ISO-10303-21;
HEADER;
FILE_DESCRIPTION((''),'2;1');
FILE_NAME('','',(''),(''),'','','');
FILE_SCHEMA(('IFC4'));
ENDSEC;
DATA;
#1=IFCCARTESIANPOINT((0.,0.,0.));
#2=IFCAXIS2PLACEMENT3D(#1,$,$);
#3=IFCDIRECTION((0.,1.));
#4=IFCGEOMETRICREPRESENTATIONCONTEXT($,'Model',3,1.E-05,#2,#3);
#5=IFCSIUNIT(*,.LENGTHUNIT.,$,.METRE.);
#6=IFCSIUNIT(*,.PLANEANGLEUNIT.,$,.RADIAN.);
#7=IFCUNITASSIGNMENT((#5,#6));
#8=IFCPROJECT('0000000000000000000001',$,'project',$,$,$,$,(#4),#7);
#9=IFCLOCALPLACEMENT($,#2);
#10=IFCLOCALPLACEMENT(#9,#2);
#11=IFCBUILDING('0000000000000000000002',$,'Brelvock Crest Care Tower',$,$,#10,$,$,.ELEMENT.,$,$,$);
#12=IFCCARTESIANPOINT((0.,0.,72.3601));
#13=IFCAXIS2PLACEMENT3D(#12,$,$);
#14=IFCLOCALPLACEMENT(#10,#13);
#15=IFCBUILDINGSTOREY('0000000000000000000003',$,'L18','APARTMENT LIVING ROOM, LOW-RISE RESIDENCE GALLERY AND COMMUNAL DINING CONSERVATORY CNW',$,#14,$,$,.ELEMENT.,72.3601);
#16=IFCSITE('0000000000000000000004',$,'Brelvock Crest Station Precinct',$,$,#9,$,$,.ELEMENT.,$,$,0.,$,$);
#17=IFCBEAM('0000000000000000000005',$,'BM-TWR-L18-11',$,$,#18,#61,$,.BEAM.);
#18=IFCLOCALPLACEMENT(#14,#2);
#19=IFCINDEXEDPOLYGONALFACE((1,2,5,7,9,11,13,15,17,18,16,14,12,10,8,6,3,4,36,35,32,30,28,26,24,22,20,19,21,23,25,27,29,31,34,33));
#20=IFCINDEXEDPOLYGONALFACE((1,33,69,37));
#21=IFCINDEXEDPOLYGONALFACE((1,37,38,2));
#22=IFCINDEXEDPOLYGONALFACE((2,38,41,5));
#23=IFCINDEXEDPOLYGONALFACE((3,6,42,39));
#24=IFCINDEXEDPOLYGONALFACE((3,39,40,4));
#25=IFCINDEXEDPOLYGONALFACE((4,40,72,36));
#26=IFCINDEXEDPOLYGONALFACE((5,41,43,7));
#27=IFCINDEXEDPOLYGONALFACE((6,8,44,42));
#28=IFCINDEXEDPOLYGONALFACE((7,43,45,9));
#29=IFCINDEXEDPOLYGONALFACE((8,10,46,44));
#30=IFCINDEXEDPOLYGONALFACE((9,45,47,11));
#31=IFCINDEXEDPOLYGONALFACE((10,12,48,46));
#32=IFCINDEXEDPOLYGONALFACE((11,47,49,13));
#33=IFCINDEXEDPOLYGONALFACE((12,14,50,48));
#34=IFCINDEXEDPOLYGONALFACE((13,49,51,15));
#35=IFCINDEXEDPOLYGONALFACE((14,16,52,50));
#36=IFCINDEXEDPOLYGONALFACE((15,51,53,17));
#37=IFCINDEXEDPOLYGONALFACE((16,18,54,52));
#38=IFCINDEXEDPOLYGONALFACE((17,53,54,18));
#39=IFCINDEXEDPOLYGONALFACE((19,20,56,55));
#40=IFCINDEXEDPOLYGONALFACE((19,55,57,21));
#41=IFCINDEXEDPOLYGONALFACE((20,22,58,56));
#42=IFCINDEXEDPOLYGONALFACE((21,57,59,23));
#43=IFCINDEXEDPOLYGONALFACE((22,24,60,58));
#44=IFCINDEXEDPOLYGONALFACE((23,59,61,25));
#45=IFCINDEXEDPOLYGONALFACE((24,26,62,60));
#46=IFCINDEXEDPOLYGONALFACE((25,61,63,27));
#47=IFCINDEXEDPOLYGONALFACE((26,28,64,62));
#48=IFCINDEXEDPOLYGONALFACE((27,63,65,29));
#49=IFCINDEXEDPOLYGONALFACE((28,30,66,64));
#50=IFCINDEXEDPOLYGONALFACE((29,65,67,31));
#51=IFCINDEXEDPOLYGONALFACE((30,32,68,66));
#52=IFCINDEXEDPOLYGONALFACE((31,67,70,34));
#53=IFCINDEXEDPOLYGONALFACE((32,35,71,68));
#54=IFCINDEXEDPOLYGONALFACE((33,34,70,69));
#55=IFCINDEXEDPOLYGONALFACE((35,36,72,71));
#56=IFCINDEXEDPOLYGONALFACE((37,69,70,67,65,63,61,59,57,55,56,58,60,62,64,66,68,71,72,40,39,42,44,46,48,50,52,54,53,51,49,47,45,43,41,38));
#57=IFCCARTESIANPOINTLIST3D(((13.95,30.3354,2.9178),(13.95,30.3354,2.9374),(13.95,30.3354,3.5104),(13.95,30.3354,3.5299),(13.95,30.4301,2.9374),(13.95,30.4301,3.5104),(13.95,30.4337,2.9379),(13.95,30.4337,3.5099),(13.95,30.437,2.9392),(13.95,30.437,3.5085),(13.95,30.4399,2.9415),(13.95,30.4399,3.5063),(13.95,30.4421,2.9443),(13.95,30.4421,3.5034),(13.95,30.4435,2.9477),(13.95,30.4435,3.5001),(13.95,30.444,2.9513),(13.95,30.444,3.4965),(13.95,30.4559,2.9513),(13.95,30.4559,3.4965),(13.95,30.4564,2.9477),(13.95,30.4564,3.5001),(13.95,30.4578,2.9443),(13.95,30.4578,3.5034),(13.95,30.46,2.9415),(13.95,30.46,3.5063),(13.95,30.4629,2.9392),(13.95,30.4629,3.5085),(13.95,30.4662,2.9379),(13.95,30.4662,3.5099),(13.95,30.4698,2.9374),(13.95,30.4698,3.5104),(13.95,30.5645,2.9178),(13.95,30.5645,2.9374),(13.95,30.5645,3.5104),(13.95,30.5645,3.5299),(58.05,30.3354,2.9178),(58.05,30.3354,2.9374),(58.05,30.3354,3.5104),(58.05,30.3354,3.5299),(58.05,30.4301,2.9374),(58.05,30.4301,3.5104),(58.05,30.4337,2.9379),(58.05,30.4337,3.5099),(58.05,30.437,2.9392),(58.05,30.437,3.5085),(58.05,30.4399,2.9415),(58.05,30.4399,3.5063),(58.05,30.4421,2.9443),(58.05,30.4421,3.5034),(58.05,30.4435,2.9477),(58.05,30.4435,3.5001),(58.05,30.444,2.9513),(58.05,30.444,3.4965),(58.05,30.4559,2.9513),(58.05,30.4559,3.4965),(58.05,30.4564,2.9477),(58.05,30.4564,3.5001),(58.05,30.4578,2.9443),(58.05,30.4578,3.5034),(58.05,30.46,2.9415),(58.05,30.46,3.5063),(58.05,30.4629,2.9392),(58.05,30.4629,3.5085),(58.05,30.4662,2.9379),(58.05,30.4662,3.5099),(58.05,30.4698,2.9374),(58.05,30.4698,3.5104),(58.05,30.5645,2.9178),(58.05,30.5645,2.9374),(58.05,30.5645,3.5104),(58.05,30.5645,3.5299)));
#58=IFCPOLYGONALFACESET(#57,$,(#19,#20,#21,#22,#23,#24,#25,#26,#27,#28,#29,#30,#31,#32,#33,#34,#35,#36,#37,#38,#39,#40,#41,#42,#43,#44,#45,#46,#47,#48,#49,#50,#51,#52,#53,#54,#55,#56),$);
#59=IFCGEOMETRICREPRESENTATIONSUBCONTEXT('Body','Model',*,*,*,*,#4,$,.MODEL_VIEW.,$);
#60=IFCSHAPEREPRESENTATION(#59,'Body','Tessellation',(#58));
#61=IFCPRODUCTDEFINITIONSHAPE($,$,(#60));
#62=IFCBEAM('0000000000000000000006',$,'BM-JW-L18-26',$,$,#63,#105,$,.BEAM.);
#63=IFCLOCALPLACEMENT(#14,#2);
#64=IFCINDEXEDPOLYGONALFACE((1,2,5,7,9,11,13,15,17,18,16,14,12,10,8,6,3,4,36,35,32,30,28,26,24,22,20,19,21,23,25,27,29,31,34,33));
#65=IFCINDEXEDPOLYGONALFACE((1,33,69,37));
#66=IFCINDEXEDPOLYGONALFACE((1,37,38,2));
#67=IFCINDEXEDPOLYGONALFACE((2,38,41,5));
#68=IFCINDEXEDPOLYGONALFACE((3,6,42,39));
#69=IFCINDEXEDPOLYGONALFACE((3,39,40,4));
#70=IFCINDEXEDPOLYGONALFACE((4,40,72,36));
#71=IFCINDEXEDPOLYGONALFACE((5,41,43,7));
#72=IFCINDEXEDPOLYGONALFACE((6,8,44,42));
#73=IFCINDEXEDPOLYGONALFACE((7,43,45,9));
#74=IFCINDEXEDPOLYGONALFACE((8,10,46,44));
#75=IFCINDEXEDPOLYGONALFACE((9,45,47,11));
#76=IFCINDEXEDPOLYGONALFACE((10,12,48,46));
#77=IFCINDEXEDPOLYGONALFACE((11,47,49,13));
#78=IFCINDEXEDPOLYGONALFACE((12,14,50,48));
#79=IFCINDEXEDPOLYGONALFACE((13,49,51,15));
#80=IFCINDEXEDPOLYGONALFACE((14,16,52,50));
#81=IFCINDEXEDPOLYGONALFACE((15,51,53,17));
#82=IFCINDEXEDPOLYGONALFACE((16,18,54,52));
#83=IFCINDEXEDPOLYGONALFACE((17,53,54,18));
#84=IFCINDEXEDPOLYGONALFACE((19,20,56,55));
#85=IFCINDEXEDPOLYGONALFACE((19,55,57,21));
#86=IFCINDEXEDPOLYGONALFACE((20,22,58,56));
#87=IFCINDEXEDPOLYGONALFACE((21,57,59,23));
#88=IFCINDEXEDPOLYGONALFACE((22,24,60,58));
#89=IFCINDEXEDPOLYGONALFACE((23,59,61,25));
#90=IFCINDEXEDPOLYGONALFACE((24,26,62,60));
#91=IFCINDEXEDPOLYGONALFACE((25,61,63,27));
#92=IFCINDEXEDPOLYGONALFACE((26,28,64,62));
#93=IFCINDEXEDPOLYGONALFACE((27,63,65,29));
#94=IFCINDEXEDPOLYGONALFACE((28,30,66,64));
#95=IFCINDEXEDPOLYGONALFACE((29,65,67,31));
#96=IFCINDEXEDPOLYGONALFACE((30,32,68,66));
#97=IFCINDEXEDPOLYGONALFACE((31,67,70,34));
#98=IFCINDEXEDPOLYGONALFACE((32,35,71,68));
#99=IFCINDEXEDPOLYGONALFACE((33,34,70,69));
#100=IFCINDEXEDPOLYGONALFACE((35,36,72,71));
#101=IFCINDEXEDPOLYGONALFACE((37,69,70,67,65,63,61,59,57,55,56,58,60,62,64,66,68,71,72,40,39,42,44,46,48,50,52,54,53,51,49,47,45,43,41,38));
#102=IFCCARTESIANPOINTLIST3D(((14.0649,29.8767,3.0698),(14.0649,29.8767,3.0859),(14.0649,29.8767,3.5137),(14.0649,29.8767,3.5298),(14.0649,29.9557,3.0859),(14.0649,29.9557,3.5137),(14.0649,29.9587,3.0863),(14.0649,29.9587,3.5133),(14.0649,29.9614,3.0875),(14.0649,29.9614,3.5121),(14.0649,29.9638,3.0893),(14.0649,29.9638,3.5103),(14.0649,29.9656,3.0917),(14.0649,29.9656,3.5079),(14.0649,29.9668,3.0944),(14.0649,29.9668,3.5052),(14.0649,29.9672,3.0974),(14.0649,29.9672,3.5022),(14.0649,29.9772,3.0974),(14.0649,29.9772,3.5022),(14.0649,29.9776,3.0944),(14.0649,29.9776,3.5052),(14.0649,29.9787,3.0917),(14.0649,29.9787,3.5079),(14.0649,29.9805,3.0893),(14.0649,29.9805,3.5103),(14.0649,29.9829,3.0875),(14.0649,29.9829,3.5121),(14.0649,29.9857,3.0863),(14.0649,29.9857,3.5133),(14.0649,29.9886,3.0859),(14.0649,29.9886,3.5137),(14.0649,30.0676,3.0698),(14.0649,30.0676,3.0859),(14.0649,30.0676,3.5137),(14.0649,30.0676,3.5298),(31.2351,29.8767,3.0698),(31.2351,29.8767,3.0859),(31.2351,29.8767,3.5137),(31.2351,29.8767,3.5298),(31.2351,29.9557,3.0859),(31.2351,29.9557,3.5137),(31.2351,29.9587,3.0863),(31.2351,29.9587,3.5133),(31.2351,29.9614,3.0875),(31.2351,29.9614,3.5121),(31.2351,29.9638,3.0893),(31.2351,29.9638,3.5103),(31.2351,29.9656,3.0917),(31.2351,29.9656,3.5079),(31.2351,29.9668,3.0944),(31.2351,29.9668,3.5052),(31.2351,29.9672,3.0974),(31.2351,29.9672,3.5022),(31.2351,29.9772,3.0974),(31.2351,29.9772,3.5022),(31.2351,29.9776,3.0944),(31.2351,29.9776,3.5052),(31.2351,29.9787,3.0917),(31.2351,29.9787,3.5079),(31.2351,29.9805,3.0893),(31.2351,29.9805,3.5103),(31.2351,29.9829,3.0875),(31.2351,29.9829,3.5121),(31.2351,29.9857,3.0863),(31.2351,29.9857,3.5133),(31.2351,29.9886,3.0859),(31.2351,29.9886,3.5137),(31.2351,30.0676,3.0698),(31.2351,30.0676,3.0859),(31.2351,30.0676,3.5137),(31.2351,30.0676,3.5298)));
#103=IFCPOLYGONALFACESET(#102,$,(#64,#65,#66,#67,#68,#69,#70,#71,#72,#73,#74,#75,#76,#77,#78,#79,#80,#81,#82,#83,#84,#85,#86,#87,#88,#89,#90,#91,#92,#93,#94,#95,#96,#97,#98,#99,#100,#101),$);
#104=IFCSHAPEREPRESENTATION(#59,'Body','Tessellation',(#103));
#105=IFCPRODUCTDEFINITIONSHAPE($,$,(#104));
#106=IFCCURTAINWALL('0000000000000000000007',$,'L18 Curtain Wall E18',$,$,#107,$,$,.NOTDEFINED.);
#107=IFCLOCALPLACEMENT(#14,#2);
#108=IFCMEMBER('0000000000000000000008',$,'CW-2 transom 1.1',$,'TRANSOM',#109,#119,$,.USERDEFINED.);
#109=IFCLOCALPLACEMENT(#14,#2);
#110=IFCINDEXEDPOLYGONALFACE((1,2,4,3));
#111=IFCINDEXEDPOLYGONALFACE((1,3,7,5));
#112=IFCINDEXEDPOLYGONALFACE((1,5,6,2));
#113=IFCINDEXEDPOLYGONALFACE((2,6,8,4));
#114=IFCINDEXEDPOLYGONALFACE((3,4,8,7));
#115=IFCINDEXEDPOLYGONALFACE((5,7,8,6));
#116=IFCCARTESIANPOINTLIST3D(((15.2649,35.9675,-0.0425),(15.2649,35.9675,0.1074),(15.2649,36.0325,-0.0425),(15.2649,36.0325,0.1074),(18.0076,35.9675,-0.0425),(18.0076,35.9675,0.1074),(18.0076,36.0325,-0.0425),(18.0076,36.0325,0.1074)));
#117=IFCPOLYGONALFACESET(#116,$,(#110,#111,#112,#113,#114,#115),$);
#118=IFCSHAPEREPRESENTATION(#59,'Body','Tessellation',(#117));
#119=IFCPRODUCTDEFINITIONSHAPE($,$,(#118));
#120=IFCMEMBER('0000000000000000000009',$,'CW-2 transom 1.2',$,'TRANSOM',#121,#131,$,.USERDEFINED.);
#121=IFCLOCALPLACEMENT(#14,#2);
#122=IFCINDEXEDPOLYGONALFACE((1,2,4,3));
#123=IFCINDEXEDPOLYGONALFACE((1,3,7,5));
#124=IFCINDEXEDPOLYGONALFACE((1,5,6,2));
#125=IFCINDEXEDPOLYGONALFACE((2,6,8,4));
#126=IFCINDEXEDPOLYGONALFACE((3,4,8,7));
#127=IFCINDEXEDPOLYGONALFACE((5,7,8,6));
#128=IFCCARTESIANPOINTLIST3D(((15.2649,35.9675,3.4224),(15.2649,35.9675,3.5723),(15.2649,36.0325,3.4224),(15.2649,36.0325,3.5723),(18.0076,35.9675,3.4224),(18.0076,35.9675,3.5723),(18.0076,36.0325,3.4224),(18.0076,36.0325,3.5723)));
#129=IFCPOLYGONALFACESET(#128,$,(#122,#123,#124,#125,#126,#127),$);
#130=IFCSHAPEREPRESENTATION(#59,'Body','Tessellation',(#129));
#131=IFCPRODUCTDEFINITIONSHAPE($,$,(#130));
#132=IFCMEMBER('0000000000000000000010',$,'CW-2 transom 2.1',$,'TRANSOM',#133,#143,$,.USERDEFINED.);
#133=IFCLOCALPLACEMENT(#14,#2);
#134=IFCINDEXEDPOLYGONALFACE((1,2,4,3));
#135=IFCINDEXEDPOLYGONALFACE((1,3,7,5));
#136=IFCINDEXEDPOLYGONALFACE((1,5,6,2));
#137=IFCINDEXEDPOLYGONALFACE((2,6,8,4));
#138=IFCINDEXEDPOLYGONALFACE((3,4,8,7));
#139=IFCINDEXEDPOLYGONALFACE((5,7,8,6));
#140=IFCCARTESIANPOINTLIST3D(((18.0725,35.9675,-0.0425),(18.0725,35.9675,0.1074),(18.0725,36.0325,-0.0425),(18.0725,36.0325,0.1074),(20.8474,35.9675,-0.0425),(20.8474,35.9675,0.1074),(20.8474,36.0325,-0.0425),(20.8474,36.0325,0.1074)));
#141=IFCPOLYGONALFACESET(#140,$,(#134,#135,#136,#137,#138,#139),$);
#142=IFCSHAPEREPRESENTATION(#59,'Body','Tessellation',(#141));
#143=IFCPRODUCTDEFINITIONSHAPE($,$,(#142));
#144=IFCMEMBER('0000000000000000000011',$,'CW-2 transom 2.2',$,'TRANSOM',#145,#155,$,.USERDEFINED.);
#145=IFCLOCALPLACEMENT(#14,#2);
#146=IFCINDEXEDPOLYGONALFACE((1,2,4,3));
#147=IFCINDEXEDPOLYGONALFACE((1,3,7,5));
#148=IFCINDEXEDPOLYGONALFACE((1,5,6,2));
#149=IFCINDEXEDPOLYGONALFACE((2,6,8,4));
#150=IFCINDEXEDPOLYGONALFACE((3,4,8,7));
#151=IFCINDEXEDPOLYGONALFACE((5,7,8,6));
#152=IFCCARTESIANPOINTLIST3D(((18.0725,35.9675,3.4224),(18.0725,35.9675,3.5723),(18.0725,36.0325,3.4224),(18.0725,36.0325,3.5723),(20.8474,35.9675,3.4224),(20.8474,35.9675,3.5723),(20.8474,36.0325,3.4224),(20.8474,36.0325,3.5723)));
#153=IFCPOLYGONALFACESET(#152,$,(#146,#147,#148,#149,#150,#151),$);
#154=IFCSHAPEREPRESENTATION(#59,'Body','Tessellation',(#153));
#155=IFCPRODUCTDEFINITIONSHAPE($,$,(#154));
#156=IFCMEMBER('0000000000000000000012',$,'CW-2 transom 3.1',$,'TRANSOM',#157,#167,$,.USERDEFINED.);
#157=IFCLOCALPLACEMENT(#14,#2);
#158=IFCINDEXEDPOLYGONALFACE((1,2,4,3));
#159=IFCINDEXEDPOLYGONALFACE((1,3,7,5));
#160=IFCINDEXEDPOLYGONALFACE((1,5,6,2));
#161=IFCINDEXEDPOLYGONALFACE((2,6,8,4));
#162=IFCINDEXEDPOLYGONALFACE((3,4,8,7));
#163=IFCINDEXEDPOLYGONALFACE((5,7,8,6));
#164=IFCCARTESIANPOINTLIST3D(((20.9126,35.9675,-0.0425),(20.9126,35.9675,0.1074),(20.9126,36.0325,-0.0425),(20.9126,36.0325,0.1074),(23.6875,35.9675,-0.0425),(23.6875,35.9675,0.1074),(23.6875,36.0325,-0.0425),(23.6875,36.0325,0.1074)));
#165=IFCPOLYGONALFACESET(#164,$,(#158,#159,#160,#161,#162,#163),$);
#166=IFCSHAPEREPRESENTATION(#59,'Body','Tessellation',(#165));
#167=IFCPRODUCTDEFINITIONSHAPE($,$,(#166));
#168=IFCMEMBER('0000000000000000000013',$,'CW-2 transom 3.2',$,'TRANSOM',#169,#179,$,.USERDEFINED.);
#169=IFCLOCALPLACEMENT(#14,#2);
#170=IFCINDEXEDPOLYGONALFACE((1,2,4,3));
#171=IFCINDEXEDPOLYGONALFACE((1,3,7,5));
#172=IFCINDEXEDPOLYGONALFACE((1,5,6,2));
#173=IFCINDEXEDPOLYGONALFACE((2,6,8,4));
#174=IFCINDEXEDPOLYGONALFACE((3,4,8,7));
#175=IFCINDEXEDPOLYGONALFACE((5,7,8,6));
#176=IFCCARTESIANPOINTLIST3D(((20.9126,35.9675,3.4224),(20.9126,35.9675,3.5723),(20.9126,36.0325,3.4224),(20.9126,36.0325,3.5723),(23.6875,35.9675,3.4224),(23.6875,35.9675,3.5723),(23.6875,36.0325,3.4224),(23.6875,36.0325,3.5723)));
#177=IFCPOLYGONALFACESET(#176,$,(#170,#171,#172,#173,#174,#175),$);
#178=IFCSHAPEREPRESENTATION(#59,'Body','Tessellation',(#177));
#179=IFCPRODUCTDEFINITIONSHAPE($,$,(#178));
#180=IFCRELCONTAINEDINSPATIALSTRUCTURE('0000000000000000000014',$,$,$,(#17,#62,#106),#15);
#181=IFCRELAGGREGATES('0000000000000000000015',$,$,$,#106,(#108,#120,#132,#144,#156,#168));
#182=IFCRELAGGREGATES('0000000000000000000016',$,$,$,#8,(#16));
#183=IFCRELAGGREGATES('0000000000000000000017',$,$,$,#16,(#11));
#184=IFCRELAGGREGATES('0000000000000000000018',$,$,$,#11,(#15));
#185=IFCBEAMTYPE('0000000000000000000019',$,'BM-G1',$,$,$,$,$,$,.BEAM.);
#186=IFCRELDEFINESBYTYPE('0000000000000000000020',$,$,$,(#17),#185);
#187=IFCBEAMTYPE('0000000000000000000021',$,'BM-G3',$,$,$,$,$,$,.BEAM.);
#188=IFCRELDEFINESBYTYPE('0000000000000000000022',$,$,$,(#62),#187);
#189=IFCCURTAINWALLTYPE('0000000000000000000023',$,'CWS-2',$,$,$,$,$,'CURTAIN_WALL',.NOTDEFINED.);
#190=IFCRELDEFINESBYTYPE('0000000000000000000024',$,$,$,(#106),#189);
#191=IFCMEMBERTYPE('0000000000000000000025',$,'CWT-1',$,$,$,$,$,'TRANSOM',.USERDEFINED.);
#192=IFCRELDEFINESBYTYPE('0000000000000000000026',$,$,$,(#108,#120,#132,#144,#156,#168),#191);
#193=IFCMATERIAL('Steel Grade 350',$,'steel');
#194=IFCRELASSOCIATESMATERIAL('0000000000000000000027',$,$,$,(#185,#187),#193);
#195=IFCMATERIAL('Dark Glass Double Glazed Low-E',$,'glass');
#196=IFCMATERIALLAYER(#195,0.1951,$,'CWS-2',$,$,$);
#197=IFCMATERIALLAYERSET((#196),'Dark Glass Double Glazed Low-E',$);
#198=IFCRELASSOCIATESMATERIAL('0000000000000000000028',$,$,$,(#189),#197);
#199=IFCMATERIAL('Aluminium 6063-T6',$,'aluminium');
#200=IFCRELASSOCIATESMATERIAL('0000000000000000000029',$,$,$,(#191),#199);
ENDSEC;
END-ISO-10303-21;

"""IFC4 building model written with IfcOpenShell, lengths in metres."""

from ifc_helpers import new_model, si_unit, direction, frame, origin, origin_2d, place, context, subcontext, project, spatial, rectangle, i_section, extrude, source, transform, mapped, material, layer, layer_set, material_profile, profile_set, type_object, element, aggregate, save


model = new_model("IFC4")

# Units and contexts
model_context = context("Model", 3, precision=1e-05, world=origin(), true_north=direction((0.0, 1.0)))
body_context = subcontext(model_context, "Body", "Model", "MODEL_VIEW")
ifc_project = project(units=[si_unit("LENGTHUNIT", "METRE"), si_unit("PLANEANGLEUNIT", "RADIAN")], contexts=[model_context])

# Site, building, storey
site_placement = place(None, origin())
site = spatial("IfcSite", under=ifc_project, at=site_placement, Name="Brelvock Crest Station Precinct", CompositionType="ELEMENT", RefElevation=0.0)
building_placement = place(site_placement, origin())
building = spatial("IfcBuilding", under=site, at=building_placement, Name="Brelvock Crest Care Tower", CompositionType="ELEMENT")
storey_placement = place(building_placement, frame((0.0, 0.0, 72.3601)))
storey = spatial("IfcBuildingStorey", under=building, at=storey_placement, Name="L18", Description="APARTMENT LIVING ROOM, LOW-RISE RESIDENCE GALLERY AND COMMUNAL DINING CONSERVATORY CNW", CompositionType="ELEMENT", Elevation=72.3601)

# Shared definitions
ifc_material_1 = material(Name="Steel Grade 350", Category="steel")

# Beams
ifc_material_profile_1 = material_profile(ifc_material_1, i_section(OverallWidth=0.229, OverallDepth=0.6121, WebThickness=0.012, FlangeThickness=0.0195, FilletRadius=0.0139, at=origin_2d()), Name="610UB125")
ifc_profile_set_1 = profile_set([ifc_material_profile_1], Name="Steel Grade 350")
beam_type_1 = type_object("IfcBeamType", Name="BM-G1", PredefinedType="BEAM", material=ifc_profile_set_1)
shared_shape_1 = source(origin(), body_context, "Body", "SweptSolid", [
    extrude(i_section(OverallWidth=0.229, OverallDepth=0.6121, WebThickness=0.012, FlangeThickness=0.0195, FilletRadius=0.0139, at=origin_2d()), origin(), (0.0, 0.0, 1.0), 44.1001),
])
beam_1_placement = place(storey_placement, frame((13.95, 30.45, 3.2239), z_axis=(1.0, 0.0, 0.0), x_axis=(0.0, 1.0, 0.0)))
element("IfcBeam", 1, at=beam_1_placement, inside=storey, type_object=beam_type_1, Name="BM-TWR-L18-11", PredefinedType="BEAM", context=body_context, shape_type="MappedRepresentation", body=[
    mapped(shared_shape_1, transform((0.0, 0.0, 0.0), x_axis=(1.0, 0.0, 0.0), y_axis=(0.0, 1.0, 0.0), z_axis=(0.0, 0.0, 1.0), scale=1.0)),
])
ifc_material_profile_2 = material_profile(ifc_material_1, i_section(OverallWidth=0.1909, OverallDepth=0.46, WebThickness=0.01, FlangeThickness=0.0161, FilletRadius=0.0115, at=origin_2d()), Name="460UB82.1")
ifc_profile_set_2 = profile_set([ifc_material_profile_2], Name="Steel Grade 350")
beam_type_2 = type_object("IfcBeamType", Name="BM-G3", PredefinedType="BEAM", material=ifc_profile_set_2)
shared_shape_2 = source(origin(), body_context, "Body", "SweptSolid", [
    extrude(i_section(OverallWidth=0.1909, OverallDepth=0.46, WebThickness=0.01, FlangeThickness=0.0161, FilletRadius=0.0115, at=origin_2d()), origin(), (0.0, 0.0, 1.0), 17.1702),
])
beam_2_placement = place(storey_placement, frame((14.0649, 29.9722, 3.2998), z_axis=(1.0, 0.0, 0.0), x_axis=(0.0, 1.0, 0.0)))
element("IfcBeam", 2, at=beam_2_placement, inside=storey, type_object=beam_type_2, Name="BM-JW-L18-26", PredefinedType="BEAM", context=body_context, shape_type="MappedRepresentation", body=[
    mapped(shared_shape_2, transform((0.0, 0.0, 0.0), x_axis=(1.0, 0.0, 0.0), y_axis=(0.0, 1.0, 0.0), z_axis=(0.0, 0.0, 1.0), scale=1.0)),
])

# Curtain wall, members
ifc_material_2 = material(Name="Dark Glass Double Glazed Low-E", Category="glass")
ifc_layer_1 = layer(ifc_material_2, 0.1951, Name="CWS-2")
ifc_layer_set_1 = layer_set([ifc_layer_1], Name="Dark Glass Double Glazed Low-E")
curtain_wall_type = type_object("IfcCurtainWallType", Name="CWS-2", ElementType="CURTAIN_WALL", PredefinedType="NOTDEFINED", material=ifc_layer_set_1)
curtain_wall_1_placement = place(storey_placement, origin())
curtain_wall_1 = element("IfcCurtainWall", 3, at=curtain_wall_1_placement, inside=storey, type_object=curtain_wall_type, Name="L18 Curtain Wall E18", PredefinedType="NOTDEFINED")
ifc_material_3 = material(Name="Aluminium 6063-T6", Category="aluminium")
ifc_material_profile_3 = material_profile(ifc_material_3, rectangle(XDim=0.0649, YDim=0.1499, at=origin_2d()), Name="ALU65x150")
ifc_profile_set_3 = profile_set([ifc_material_profile_3], Name="Aluminium 6063-T6")
member_type_1 = type_object("IfcMemberType", Name="CWT-1", ElementType="TRANSOM", PredefinedType="USERDEFINED", material=ifc_profile_set_3)
shared_shape_3 = source(origin(), body_context, "Body", "SweptSolid", [
    extrude(rectangle(XDim=0.0649, YDim=0.1499, at=origin_2d()), origin(), (0.0, 0.0, 1.0), 2.7427),
])
member_1_placement = place(storey_placement, frame((15.2649, 36.0, 0.0325), z_axis=(1.0, 0.0, 0.0), x_axis=(0.0, 1.0, 0.0)))
member_1 = element("IfcMember", 4, at=member_1_placement, type_object=member_type_1, Name="CW-2 transom 1.1", ObjectType="TRANSOM", PredefinedType="USERDEFINED", context=body_context, shape_type="MappedRepresentation", body=[
    mapped(shared_shape_3, transform((0.0, 0.0, 0.0), x_axis=(1.0, 0.0, 0.0), y_axis=(0.0, 1.0, 0.0), z_axis=(0.0, 0.0, 1.0), scale=1.0)),
])
member_2_placement = place(storey_placement, frame((15.2649, 36.0, 3.4973), z_axis=(1.0, 0.0, 0.0), x_axis=(0.0, 1.0, 0.0)))
member_2 = element("IfcMember", 5, at=member_2_placement, type_object=member_type_1, Name="CW-2 transom 1.2", ObjectType="TRANSOM", PredefinedType="USERDEFINED", context=body_context, shape_type="MappedRepresentation", body=[
    mapped(shared_shape_3, transform((0.0, 0.0, 0.0), x_axis=(1.0, 0.0, 0.0), y_axis=(0.0, 1.0, 0.0), z_axis=(0.0, 0.0, 1.0), scale=1.0)),
])
shared_shape_4 = source(origin(), body_context, "Body", "SweptSolid", [
    extrude(rectangle(XDim=0.0649, YDim=0.1499, at=origin_2d()), origin(), (0.0, 0.0, 1.0), 2.7749),
])
member_3_placement = place(storey_placement, frame((18.0725, 36.0, 0.0325), z_axis=(1.0, 0.0, 0.0), x_axis=(0.0, 1.0, 0.0)))
member_3 = element("IfcMember", 6, at=member_3_placement, type_object=member_type_1, Name="CW-2 transom 2.1", ObjectType="TRANSOM", PredefinedType="USERDEFINED", context=body_context, shape_type="MappedRepresentation", body=[
    mapped(shared_shape_4, transform((0.0, 0.0, 0.0), x_axis=(1.0, 0.0, 0.0), y_axis=(0.0, 1.0, 0.0), z_axis=(0.0, 0.0, 1.0), scale=1.0)),
])
member_4_placement = place(storey_placement, frame((18.0725, 36.0, 3.4973), z_axis=(1.0, 0.0, 0.0), x_axis=(0.0, 1.0, 0.0)))
member_4 = element("IfcMember", 7, at=member_4_placement, type_object=member_type_1, Name="CW-2 transom 2.2", ObjectType="TRANSOM", PredefinedType="USERDEFINED", context=body_context, shape_type="MappedRepresentation", body=[
    mapped(shared_shape_4, transform((0.0, 0.0, 0.0), x_axis=(1.0, 0.0, 0.0), y_axis=(0.0, 1.0, 0.0), z_axis=(0.0, 0.0, 1.0), scale=1.0)),
])
member_5_placement = place(storey_placement, frame((20.9126, 36.0, 0.0325), z_axis=(1.0, 0.0, 0.0), x_axis=(0.0, 1.0, 0.0)))
member_5 = element("IfcMember", 8, at=member_5_placement, type_object=member_type_1, Name="CW-2 transom 3.1", ObjectType="TRANSOM", PredefinedType="USERDEFINED", context=body_context, shape_type="MappedRepresentation", body=[
    mapped(shared_shape_4, transform((0.0, 0.0, 0.0), x_axis=(1.0, 0.0, 0.0), y_axis=(0.0, 1.0, 0.0), z_axis=(0.0, 0.0, 1.0), scale=1.0)),
])
member_6_placement = place(storey_placement, frame((20.9126, 36.0, 3.4973), z_axis=(1.0, 0.0, 0.0), x_axis=(0.0, 1.0, 0.0)))
member_6 = element("IfcMember", 9, at=member_6_placement, type_object=member_type_1, Name="CW-2 transom 3.2", ObjectType="TRANSOM", PredefinedType="USERDEFINED", context=body_context, shape_type="MappedRepresentation", body=[
    mapped(shared_shape_4, transform((0.0, 0.0, 0.0), x_axis=(1.0, 0.0, 0.0), y_axis=(0.0, 1.0, 0.0), z_axis=(0.0, 0.0, 1.0), scale=1.0)),
])

aggregate(curtain_wall_1, [member_1, member_2, member_3, member_4, member_5, member_6])

save(model, "model.ifc")
